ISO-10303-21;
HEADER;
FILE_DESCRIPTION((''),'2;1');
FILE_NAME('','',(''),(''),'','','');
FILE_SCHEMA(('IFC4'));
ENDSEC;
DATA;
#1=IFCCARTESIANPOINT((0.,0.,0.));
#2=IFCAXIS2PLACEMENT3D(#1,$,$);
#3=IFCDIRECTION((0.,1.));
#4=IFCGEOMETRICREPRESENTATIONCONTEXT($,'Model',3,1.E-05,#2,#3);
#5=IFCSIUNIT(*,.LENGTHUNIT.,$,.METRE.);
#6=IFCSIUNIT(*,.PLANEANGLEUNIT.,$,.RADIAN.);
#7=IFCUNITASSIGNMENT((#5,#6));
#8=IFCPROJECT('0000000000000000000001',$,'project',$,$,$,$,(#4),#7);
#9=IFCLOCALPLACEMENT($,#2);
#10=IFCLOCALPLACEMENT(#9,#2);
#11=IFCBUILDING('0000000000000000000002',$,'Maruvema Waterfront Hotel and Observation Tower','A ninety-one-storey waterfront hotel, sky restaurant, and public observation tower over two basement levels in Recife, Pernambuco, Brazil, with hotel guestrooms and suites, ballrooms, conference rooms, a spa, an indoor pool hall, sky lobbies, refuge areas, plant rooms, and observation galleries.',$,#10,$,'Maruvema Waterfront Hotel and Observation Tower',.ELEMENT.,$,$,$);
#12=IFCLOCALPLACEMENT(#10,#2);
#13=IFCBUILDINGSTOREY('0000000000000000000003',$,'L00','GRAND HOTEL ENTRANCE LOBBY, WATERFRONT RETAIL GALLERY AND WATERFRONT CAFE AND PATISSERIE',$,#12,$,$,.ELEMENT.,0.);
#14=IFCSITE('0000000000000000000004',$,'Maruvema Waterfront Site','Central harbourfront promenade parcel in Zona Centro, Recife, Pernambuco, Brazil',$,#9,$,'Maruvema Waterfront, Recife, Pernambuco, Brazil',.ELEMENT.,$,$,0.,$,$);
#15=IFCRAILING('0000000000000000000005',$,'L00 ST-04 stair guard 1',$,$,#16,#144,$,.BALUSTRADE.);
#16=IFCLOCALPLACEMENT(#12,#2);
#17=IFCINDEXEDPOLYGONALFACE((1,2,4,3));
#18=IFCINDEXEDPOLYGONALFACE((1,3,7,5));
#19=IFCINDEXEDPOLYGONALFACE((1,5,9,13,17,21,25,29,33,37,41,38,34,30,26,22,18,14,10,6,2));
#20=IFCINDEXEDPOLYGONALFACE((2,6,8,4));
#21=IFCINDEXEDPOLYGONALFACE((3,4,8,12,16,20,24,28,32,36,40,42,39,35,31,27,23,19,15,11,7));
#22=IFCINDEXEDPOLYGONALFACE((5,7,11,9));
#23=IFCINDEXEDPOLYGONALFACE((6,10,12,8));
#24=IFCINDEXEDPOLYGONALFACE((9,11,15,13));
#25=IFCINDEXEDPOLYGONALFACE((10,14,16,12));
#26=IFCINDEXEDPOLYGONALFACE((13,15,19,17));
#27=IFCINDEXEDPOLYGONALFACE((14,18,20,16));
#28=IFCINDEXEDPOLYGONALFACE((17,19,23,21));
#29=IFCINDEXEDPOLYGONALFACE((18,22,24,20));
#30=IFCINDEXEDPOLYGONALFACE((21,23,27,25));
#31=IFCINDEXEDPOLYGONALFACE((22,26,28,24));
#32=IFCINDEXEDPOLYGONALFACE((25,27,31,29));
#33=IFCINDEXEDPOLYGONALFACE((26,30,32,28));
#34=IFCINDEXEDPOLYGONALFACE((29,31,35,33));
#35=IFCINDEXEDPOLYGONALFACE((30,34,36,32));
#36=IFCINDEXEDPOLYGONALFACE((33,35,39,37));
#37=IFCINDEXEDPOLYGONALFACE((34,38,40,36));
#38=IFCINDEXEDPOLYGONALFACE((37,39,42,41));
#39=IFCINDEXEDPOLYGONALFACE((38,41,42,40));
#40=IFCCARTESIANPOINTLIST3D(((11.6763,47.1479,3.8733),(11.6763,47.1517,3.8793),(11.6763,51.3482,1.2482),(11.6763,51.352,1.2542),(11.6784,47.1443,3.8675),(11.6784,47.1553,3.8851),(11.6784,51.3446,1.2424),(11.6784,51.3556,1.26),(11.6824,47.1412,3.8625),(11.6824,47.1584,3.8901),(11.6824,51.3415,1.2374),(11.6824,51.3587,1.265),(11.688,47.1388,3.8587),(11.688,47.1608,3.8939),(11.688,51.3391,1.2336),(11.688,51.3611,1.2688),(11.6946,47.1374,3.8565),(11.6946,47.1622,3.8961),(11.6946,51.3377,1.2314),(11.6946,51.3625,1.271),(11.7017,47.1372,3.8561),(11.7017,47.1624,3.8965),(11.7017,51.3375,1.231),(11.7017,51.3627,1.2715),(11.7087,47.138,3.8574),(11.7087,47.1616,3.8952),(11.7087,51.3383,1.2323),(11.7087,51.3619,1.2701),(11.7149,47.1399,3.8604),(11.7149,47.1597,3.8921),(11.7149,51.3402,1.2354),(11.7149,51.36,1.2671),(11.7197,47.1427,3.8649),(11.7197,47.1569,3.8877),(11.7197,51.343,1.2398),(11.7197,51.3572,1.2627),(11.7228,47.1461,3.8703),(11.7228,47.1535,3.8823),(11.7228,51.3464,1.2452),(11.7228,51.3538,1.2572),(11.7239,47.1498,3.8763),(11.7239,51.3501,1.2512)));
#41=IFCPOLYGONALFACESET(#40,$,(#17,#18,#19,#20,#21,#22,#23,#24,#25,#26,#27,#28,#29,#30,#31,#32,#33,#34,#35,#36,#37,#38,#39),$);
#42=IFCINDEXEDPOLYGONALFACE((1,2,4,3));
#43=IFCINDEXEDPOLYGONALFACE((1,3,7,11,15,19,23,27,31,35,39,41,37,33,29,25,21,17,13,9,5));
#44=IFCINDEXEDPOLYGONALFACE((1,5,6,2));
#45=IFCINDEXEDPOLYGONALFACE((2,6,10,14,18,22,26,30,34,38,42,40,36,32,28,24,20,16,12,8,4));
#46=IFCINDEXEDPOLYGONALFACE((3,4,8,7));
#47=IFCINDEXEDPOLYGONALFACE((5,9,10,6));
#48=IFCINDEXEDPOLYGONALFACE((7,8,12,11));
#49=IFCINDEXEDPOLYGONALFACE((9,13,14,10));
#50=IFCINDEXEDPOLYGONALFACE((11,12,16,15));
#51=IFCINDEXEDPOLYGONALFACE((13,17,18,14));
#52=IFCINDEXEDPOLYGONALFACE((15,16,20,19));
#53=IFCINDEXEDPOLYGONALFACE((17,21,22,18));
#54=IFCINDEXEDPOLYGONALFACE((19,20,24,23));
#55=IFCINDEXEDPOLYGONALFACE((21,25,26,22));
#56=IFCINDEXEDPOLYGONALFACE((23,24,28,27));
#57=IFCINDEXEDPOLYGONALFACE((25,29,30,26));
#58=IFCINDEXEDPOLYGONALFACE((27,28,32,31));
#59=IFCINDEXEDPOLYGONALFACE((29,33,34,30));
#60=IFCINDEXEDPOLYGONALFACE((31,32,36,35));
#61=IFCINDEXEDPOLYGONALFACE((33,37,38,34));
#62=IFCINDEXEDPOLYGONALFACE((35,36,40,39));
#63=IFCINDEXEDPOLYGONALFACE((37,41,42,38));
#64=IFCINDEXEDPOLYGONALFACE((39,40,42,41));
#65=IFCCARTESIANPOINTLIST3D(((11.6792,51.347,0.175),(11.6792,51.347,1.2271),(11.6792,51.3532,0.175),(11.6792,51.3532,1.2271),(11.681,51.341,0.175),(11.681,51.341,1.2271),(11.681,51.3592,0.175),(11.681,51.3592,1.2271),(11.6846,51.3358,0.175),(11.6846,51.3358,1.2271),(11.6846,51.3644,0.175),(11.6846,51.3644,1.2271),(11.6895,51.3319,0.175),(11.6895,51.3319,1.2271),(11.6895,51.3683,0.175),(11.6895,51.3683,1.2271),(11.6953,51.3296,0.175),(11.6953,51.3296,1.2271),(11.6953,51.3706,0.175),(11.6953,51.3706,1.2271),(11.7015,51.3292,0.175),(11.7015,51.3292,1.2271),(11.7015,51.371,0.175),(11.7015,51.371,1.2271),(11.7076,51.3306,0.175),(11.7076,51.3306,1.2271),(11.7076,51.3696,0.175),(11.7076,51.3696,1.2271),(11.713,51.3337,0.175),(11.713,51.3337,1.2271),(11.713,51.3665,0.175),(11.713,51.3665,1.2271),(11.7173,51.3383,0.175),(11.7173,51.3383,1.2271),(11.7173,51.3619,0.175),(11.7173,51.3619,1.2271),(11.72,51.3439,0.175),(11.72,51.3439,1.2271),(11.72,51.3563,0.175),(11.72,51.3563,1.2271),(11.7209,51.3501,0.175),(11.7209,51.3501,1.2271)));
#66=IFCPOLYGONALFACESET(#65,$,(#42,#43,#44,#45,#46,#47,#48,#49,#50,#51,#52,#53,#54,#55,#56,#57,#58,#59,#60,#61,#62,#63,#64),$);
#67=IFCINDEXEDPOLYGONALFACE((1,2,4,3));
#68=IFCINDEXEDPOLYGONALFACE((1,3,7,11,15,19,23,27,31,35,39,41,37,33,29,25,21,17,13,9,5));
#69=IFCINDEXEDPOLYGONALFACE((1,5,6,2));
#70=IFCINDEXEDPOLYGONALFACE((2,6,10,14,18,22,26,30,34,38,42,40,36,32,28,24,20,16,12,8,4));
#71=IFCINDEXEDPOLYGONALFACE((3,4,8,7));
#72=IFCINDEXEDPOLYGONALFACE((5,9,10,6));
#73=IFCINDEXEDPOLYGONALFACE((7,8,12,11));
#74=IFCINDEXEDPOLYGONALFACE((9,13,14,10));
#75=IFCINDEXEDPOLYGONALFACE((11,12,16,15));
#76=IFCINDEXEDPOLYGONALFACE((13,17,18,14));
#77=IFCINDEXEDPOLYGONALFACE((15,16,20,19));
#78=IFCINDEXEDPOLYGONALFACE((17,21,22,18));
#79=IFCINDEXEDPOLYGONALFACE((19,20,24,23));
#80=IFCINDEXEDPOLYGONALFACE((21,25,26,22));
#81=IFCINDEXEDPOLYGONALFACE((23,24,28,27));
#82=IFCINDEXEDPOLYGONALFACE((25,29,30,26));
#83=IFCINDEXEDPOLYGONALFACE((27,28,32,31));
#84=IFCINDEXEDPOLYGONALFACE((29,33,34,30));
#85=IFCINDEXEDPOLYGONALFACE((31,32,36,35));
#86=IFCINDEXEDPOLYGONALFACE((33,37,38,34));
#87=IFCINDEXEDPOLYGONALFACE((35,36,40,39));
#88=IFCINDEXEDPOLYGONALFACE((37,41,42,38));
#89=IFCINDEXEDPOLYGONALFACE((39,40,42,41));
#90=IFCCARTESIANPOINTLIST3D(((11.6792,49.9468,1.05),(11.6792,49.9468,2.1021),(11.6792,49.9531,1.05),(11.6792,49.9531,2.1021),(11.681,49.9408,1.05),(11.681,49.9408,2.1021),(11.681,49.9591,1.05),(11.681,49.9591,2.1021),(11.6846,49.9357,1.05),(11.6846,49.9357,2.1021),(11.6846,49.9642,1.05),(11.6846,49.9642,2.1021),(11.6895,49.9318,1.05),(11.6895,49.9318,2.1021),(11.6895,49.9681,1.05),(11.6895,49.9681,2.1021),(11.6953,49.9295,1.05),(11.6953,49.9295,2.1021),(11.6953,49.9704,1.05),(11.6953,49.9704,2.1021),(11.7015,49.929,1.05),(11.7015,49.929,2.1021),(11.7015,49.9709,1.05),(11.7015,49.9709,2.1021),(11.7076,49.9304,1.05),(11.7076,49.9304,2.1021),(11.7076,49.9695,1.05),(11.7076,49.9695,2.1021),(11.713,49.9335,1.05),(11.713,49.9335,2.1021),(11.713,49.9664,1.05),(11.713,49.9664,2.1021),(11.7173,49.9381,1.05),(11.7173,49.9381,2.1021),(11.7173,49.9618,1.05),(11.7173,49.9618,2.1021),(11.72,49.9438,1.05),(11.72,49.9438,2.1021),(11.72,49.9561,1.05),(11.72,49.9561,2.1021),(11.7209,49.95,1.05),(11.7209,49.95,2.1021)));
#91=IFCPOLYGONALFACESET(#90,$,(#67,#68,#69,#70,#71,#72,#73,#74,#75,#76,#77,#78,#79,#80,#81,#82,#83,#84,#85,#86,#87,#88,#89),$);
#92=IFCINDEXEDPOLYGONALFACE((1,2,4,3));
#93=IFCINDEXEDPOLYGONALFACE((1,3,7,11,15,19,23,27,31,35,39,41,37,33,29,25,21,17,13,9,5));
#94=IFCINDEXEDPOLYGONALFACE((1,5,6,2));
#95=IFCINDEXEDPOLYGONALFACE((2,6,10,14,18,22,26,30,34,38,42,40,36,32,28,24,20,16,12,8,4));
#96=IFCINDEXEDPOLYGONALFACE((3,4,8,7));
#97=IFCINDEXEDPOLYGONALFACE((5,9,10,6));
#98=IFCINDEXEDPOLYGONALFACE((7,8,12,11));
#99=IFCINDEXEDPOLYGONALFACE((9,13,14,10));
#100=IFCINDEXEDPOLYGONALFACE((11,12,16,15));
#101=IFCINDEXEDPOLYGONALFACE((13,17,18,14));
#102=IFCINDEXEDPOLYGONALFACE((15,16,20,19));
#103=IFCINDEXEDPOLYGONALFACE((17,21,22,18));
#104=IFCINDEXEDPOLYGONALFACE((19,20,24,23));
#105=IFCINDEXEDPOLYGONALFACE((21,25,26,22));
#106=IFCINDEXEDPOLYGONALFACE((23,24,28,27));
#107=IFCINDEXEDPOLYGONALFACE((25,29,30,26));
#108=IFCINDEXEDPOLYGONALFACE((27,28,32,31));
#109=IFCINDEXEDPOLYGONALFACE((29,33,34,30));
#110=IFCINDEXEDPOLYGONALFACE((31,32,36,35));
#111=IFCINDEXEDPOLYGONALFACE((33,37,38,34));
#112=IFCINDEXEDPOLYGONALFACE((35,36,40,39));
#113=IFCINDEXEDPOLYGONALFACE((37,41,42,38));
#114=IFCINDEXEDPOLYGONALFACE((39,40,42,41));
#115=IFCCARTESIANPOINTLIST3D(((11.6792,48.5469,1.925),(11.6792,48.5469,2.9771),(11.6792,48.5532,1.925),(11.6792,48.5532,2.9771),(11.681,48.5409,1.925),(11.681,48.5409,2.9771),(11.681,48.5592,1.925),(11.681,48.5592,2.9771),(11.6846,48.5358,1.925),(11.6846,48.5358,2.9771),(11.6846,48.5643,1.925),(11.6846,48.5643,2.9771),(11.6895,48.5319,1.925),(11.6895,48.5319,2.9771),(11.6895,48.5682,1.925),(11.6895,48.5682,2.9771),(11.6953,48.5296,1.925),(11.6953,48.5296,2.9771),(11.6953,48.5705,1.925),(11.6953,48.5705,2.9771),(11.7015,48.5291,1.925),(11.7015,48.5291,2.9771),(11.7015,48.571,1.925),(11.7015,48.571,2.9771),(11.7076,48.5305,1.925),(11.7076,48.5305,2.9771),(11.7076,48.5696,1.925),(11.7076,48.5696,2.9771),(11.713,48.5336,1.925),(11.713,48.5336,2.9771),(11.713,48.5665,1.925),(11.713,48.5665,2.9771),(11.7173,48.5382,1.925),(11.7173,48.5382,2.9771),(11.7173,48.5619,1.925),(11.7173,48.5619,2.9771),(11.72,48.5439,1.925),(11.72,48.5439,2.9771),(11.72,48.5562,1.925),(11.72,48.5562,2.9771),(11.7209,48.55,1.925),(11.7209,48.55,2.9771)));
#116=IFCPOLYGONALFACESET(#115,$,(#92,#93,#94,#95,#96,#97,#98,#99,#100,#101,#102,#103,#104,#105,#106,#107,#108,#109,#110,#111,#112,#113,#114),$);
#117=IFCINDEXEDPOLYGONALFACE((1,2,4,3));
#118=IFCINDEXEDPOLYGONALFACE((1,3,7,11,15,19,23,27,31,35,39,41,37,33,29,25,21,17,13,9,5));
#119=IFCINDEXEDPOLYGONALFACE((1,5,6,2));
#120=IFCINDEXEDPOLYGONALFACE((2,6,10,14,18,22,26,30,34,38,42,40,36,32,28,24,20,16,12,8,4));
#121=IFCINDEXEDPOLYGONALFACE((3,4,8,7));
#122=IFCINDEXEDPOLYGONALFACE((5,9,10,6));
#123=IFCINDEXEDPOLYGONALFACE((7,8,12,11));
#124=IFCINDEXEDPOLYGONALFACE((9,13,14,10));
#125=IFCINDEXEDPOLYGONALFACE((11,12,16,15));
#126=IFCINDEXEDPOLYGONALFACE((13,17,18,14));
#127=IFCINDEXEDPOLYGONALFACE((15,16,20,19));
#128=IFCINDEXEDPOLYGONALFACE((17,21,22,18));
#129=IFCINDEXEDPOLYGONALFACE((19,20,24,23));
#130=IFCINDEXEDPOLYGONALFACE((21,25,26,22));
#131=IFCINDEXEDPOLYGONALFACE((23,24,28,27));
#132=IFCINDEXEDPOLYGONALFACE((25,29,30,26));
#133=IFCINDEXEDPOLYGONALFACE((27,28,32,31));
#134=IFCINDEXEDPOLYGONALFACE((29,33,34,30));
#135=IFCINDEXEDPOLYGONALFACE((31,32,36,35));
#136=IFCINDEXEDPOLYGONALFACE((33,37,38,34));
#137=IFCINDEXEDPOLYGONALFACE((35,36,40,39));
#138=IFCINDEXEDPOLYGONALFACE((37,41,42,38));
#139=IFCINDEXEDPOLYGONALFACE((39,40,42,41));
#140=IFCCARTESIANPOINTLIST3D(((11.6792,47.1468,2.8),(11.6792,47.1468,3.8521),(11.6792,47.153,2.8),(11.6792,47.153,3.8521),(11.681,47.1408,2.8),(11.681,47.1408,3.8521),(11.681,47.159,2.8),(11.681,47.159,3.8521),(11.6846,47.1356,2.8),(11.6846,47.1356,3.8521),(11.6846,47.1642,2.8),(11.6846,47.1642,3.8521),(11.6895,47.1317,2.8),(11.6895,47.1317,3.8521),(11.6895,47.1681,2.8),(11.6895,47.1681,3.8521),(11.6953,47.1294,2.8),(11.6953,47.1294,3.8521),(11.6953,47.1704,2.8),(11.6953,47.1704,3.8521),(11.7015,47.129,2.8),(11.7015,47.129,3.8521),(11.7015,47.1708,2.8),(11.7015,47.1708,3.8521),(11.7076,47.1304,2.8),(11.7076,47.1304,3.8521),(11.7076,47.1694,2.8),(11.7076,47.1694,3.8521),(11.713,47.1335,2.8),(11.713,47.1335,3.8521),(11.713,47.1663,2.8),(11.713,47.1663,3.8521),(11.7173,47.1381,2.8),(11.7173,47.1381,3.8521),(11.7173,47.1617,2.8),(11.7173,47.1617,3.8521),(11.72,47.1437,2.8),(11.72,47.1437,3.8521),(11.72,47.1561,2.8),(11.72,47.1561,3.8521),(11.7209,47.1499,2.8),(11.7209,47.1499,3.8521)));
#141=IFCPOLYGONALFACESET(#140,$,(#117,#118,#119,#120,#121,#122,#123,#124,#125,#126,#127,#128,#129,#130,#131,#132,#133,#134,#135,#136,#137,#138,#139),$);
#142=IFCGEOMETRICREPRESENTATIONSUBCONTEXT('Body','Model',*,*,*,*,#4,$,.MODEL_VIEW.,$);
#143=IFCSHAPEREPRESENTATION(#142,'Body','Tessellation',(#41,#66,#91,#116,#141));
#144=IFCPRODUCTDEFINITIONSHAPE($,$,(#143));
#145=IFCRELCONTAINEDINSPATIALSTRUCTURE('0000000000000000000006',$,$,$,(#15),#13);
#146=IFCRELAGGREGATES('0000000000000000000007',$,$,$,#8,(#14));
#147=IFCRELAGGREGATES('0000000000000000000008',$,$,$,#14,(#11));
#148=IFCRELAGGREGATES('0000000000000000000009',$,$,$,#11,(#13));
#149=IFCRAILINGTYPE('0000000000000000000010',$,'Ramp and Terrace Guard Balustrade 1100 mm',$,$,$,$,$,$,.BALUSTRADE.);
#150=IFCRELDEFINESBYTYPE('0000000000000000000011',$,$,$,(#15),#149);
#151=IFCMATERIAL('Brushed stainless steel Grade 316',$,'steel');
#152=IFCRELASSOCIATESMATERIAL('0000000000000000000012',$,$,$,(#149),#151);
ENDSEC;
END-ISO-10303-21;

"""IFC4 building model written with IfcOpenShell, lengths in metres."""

from ifc_helpers import new_model, si_unit, direction, frame, origin, origin_2d, place, context, subcontext, project, spatial, circle, extrude, material, type_object, element, save


model = new_model("IFC4")

# Units and contexts
model_context = context("Model", 3, precision=1e-05, world=origin(), true_north=direction((0.0, 1.0)))
body_context = subcontext(model_context, "Body", "Model", "MODEL_VIEW")
ifc_project = project(units=[si_unit("LENGTHUNIT", "METRE"), si_unit("PLANEANGLEUNIT", "RADIAN")], contexts=[model_context])

# Site, building, storey
site_placement = place(None, origin())
site = spatial("IfcSite", under=ifc_project, at=site_placement, Name="Maruvema Waterfront Site", Description="Central harbourfront promenade parcel in Zona Centro, Recife, Pernambuco, Brazil", LongName="Maruvema Waterfront, Recife, Pernambuco, Brazil", CompositionType="ELEMENT", RefElevation=0.0)
building_placement = place(site_placement, origin())
building = spatial("IfcBuilding", under=site, at=building_placement, Name="Maruvema Waterfront Hotel and Observation Tower", Description="A ninety-one-storey waterfront hotel, sky restaurant, and public observation tower over two basement levels in Recife, Pernambuco, Brazil, with hotel guestrooms and suites, ballrooms, conference rooms, a spa, an indoor pool hall, sky lobbies, refuge areas, plant rooms, and observation galleries.", LongName="Maruvema Waterfront Hotel and Observation Tower", CompositionType="ELEMENT")
storey_placement = place(building_placement, origin())
storey = spatial("IfcBuildingStorey", under=building, at=storey_placement, Name="L00", Description="GRAND HOTEL ENTRANCE LOBBY, WATERFRONT RETAIL GALLERY AND WATERFRONT CAFE AND PATISSERIE", CompositionType="ELEMENT", Elevation=0.0)

# Railing
ifc_material_1 = material(Name="Brushed stainless steel Grade 316", Category="steel")
railing_type_1 = type_object("IfcRailingType", Name="Ramp and Terrace Guard Balustrade 1100 mm", PredefinedType="BALUSTRADE", material=ifc_material_1)
railing_1_placement = place(storey_placement, frame((11.7, 51.3501, 0.175)))
element("IfcRailing", 1, at=railing_1_placement, inside=storey, type_object=railing_type_1, Name="L00 ST-04 stair guard 1", PredefinedType="BALUSTRADE", context=body_context, shape_type="SweptSolid", body=[
    extrude(circle(Radius=0.0239, at=origin_2d()), frame((0.0, 0.0, 1.0762), z_axis=(0.0, -0.848009, 0.529981), x_axis=(1.0, 0.0, 0.0)), (0.0, 0.0, 1.0), 4.9531),
    extrude(circle(Radius=0.021, at=origin_2d()), origin(), (0.0, 0.0, 1.0), 1.052),
    extrude(circle(Radius=0.021, at=origin_2d()), frame((0.0, -1.4001, 0.875)), (0.0, 0.0, 1.0), 1.052),
    extrude(circle(Radius=0.021, at=origin_2d()), frame((0.0, -2.8, 1.75)), (0.0, 0.0, 1.0), 1.052),
    extrude(circle(Radius=0.021, at=origin_2d()), frame((0.0, -4.2002, 2.625)), (0.0, 0.0, 1.0), 1.052),
])

save(model, "model.ifc")
